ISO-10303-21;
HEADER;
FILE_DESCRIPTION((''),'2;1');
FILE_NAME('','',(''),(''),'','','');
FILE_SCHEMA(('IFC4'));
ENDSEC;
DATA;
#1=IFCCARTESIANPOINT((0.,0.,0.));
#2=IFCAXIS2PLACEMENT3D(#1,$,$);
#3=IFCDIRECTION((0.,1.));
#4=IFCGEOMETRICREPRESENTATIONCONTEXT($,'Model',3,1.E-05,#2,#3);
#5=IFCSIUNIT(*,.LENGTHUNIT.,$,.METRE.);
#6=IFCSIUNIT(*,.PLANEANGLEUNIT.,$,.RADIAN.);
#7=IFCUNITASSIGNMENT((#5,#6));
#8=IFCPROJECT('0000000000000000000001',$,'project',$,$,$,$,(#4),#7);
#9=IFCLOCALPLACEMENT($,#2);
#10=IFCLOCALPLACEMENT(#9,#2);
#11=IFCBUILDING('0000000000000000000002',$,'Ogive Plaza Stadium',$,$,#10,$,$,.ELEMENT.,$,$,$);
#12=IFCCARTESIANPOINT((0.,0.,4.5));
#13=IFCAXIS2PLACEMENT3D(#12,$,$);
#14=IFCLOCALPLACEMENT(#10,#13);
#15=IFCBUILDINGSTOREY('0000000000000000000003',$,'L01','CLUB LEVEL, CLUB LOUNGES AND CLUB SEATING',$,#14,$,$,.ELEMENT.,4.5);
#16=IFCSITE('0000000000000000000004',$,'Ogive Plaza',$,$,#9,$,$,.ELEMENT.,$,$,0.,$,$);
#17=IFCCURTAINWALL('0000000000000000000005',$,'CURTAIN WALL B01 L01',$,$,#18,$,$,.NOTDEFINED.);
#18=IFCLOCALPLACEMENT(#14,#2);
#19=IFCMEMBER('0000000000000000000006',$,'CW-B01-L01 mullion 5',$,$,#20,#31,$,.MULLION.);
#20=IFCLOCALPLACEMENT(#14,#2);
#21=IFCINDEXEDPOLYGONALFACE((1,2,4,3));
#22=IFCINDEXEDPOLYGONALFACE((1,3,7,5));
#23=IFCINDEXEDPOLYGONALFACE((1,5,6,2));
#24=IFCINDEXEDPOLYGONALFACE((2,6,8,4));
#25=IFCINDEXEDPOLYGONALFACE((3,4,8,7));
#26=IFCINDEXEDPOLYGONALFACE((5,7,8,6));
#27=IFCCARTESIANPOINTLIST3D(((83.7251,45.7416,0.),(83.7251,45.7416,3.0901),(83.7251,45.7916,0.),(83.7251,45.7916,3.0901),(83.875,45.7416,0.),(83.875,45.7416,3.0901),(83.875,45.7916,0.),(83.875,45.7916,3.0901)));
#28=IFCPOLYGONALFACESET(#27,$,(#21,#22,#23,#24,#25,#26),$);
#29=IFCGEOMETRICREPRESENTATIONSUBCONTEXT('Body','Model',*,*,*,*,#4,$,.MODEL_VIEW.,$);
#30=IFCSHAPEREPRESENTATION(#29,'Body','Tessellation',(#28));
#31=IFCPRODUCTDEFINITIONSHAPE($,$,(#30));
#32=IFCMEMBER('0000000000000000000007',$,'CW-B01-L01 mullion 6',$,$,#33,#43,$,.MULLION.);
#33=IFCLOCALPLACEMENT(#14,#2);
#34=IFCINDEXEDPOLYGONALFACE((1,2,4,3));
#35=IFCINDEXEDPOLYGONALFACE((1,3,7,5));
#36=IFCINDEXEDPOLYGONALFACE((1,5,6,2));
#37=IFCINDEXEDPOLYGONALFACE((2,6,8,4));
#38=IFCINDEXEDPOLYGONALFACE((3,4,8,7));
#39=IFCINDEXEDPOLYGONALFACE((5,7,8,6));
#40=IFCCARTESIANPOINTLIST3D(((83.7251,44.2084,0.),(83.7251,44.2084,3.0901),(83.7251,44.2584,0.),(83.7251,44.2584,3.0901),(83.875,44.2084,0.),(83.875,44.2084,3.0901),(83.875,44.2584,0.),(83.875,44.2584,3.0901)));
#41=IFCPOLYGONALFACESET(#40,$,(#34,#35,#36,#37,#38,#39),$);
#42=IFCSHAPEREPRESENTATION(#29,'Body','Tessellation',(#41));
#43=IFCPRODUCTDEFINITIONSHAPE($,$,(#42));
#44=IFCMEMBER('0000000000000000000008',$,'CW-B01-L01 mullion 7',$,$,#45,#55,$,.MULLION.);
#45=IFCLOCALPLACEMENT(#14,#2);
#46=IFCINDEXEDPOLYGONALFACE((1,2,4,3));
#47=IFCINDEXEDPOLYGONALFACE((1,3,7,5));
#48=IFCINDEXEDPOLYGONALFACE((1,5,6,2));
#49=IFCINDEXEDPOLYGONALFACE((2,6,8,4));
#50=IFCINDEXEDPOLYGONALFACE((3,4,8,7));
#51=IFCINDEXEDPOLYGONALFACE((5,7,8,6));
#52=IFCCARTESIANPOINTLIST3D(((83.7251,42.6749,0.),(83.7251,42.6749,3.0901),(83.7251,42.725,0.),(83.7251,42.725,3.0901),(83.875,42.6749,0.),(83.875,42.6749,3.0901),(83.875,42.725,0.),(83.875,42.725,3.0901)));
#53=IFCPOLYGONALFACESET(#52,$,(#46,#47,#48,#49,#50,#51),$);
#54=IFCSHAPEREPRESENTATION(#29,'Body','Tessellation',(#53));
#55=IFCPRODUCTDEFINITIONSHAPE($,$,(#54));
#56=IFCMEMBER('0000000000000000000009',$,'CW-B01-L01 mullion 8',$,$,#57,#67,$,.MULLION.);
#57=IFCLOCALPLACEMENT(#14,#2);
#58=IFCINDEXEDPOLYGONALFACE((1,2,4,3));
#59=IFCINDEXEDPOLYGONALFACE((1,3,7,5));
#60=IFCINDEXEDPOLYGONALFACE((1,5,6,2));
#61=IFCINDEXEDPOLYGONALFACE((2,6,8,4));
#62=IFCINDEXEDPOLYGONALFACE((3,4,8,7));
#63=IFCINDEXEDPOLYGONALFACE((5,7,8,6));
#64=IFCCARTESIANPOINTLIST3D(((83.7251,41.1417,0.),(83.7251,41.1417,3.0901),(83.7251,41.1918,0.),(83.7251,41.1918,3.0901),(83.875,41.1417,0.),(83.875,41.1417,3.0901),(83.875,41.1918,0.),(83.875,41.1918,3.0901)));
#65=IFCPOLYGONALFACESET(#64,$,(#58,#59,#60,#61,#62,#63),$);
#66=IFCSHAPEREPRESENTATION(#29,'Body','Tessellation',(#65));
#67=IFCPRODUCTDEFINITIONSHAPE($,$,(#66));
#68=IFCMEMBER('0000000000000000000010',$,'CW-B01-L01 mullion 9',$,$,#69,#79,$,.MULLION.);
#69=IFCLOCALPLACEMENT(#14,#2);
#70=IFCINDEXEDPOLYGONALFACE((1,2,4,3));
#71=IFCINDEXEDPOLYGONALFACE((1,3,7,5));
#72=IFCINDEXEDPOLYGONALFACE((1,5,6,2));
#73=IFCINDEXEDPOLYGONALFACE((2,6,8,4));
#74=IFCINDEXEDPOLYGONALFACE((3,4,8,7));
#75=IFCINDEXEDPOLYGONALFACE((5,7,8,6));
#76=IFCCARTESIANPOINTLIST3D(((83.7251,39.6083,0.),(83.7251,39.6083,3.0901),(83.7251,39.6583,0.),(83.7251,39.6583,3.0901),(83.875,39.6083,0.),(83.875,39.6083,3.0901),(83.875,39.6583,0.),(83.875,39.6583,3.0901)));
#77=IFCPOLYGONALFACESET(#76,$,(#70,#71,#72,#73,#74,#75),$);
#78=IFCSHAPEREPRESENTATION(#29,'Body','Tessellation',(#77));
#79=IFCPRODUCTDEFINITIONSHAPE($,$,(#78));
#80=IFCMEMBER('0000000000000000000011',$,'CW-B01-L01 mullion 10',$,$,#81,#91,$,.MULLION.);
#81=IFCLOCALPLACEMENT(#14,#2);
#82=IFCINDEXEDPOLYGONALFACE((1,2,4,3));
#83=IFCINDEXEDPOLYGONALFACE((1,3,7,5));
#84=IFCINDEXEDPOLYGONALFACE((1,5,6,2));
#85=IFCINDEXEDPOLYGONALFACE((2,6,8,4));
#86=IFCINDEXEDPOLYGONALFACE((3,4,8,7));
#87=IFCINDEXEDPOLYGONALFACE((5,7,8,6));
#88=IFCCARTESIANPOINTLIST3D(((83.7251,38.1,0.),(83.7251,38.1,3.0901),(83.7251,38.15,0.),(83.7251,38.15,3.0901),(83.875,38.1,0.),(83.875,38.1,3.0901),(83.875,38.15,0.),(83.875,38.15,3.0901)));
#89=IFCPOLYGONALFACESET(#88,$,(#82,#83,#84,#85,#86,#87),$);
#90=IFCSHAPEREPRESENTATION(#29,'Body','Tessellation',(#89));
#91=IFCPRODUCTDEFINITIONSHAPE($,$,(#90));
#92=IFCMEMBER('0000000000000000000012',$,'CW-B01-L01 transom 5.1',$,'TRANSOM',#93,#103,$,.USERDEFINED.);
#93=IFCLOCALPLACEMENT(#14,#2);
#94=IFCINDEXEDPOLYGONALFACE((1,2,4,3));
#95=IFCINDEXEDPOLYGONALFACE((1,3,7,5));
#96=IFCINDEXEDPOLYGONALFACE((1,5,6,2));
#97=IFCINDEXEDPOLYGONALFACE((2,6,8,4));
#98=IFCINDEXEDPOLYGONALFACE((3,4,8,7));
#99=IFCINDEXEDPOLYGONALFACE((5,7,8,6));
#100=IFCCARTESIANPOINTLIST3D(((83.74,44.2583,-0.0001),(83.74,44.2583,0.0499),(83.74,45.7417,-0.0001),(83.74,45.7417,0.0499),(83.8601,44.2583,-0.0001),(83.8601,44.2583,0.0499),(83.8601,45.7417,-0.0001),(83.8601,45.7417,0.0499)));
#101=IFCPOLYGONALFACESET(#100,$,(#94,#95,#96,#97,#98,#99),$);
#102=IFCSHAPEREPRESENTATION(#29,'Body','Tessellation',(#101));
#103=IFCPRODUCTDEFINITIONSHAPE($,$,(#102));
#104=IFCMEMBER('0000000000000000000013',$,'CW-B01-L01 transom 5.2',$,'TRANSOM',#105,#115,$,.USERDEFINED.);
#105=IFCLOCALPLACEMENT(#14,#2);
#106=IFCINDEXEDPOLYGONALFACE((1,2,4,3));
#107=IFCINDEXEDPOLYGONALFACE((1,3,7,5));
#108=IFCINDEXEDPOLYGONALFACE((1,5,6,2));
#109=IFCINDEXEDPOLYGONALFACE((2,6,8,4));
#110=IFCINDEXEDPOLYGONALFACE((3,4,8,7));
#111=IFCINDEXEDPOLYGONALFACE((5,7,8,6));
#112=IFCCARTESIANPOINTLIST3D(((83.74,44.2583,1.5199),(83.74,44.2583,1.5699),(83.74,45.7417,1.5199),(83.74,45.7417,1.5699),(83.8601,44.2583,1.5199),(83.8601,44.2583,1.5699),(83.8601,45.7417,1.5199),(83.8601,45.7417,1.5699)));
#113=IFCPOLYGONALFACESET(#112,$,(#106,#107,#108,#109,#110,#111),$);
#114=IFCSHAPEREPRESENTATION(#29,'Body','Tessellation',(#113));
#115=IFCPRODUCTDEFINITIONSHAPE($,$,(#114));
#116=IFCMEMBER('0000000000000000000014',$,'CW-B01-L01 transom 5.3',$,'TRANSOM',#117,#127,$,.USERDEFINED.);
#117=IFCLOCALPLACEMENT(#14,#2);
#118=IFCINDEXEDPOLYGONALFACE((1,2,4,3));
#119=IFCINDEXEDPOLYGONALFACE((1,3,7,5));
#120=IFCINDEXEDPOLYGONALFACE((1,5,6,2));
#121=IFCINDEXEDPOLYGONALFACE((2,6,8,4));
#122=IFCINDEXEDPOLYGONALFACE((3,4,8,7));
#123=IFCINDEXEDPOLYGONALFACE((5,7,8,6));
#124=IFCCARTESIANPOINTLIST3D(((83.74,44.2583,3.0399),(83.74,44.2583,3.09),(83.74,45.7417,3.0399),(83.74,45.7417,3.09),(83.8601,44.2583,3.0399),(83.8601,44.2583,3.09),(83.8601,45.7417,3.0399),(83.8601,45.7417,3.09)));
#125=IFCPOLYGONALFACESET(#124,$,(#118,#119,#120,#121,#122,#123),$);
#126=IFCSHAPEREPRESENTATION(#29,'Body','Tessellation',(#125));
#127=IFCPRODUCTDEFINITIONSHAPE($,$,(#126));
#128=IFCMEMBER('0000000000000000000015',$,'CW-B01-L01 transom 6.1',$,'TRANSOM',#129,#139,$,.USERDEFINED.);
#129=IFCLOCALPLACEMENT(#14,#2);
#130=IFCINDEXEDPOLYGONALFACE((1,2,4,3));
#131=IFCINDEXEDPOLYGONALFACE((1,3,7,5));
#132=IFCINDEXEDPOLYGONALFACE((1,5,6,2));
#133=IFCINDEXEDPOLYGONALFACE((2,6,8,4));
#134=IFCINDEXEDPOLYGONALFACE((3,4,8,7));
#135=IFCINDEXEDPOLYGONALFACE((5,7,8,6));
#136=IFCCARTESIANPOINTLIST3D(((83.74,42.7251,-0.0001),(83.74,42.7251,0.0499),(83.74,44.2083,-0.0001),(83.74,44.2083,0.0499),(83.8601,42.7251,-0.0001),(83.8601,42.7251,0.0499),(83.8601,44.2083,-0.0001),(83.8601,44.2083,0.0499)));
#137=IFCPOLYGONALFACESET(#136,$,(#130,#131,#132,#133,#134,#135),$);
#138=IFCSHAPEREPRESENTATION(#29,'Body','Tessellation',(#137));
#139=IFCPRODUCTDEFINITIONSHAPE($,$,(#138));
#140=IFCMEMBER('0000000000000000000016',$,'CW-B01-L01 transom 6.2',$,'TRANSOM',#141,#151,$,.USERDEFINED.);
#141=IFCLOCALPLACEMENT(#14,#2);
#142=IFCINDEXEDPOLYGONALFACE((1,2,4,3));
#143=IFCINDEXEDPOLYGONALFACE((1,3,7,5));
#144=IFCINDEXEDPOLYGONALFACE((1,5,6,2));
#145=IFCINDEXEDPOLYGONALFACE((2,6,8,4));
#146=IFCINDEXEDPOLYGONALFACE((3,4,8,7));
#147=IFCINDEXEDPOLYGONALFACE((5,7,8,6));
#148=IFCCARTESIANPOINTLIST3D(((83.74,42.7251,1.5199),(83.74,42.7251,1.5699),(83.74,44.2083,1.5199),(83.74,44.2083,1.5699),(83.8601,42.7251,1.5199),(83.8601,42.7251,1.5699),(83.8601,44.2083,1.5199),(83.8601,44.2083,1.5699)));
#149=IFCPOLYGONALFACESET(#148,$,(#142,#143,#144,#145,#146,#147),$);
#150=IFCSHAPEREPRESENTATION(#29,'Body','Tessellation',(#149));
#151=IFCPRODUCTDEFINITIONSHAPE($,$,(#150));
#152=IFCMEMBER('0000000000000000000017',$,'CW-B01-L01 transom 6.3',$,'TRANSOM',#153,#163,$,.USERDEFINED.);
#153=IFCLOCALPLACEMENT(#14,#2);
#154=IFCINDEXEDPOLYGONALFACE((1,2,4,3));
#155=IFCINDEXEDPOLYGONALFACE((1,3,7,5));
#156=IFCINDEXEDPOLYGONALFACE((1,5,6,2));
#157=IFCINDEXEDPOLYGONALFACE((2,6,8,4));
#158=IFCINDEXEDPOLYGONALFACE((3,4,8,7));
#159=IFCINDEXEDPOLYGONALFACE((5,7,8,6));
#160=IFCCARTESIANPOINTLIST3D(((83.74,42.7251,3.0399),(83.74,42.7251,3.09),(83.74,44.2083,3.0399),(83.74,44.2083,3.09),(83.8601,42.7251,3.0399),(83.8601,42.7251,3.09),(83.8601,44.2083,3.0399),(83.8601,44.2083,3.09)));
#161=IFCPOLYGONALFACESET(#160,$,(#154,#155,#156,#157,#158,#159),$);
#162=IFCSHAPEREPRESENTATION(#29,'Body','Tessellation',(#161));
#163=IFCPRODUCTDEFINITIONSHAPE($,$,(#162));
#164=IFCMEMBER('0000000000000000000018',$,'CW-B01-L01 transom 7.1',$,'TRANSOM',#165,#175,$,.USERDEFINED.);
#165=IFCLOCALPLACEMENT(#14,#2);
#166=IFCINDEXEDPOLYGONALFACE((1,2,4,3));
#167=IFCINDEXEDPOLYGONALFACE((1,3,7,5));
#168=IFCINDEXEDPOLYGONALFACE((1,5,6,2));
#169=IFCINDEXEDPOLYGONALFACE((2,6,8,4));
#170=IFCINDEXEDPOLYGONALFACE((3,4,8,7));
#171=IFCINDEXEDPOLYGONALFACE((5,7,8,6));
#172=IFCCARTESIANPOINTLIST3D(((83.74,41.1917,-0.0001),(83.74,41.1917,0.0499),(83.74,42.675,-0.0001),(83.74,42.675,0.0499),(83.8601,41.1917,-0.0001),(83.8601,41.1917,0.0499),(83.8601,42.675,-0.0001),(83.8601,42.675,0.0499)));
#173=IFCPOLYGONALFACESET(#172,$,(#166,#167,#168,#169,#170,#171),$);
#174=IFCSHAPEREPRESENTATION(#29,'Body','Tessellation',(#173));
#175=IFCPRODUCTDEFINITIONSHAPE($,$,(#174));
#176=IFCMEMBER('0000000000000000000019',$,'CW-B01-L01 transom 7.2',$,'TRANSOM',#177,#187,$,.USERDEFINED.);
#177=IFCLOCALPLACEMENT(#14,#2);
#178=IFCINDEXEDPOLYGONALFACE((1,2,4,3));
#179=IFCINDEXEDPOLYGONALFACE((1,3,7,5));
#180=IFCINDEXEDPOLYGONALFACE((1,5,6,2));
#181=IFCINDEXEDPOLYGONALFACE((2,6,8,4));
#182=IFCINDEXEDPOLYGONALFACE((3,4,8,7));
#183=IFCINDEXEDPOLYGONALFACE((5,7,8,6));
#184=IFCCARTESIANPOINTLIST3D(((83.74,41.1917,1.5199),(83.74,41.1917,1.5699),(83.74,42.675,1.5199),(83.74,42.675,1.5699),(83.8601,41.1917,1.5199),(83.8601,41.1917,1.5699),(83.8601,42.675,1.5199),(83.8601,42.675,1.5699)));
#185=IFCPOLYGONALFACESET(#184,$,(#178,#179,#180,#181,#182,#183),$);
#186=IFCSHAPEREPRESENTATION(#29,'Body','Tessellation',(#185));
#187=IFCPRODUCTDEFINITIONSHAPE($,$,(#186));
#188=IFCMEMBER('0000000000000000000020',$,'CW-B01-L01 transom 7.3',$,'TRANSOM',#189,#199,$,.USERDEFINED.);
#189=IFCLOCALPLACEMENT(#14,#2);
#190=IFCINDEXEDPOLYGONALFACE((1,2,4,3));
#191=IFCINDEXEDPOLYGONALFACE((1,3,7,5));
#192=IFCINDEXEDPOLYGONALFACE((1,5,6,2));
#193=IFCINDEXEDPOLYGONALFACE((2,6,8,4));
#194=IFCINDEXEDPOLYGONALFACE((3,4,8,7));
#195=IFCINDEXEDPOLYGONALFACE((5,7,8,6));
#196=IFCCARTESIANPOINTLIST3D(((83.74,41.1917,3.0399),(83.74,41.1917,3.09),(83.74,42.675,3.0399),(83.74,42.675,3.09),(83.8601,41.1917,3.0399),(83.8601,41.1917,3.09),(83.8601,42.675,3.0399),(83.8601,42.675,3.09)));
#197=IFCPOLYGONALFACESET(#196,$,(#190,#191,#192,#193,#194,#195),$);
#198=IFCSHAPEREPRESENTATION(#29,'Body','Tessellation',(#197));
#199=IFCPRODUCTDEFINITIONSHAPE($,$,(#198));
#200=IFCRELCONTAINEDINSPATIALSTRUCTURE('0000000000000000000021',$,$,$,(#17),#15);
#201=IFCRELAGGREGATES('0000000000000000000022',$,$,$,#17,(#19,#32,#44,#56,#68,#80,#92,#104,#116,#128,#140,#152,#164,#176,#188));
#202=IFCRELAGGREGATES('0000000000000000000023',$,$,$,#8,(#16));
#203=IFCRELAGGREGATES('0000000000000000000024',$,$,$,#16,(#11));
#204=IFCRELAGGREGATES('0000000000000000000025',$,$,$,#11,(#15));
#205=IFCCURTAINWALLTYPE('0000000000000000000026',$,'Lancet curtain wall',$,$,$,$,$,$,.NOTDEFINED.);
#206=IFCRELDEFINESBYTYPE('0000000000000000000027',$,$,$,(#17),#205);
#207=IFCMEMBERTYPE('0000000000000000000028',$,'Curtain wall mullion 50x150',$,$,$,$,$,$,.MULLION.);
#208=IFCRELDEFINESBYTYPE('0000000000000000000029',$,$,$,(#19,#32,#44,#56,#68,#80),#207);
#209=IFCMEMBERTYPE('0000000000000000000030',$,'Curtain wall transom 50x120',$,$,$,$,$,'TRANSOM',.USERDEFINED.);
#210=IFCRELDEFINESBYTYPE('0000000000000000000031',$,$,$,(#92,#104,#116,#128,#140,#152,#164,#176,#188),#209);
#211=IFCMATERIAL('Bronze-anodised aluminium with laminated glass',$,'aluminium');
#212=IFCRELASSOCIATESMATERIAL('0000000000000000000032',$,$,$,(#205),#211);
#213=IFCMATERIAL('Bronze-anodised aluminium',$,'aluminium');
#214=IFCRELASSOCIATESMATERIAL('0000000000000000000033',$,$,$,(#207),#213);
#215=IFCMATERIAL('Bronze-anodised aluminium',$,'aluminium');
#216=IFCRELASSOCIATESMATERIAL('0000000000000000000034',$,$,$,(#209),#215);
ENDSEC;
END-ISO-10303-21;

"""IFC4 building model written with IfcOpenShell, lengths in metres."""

from ifc_helpers import new_model, si_unit, direction, frame, origin, origin_2d, place, context, subcontext, project, spatial, rectangle, extrude, material, material_profile, profile_set, type_object, element, aggregate, save


model = new_model("IFC4")

# Units and contexts
model_context = context("Model", 3, precision=1e-05, world=origin(), true_north=direction((0.0, 1.0)))
body_context = subcontext(model_context, "Body", "Model", "MODEL_VIEW")
ifc_project = project(units=[si_unit("LENGTHUNIT", "METRE"), si_unit("PLANEANGLEUNIT", "RADIAN")], contexts=[model_context])

# Site, building, storey
site_placement = place(None, origin())
site = spatial("IfcSite", under=ifc_project, at=site_placement, Name="Ogive Plaza", CompositionType="ELEMENT", RefElevation=0.0)
building_placement = place(site_placement, origin())
building = spatial("IfcBuilding", under=site, at=building_placement, Name="Ogive Plaza Stadium", CompositionType="ELEMENT")
storey_placement = place(building_placement, frame((0.0, 0.0, 4.5)))
storey = spatial("IfcBuildingStorey", under=building, at=storey_placement, Name="L01", Description="CLUB LEVEL, CLUB LOUNGES AND CLUB SEATING", CompositionType="ELEMENT", Elevation=4.5)

# Curtain wall, members
ifc_material_1 = material(Name="Bronze-anodised aluminium with laminated glass", Category="aluminium")
curtain_wall_type = type_object("IfcCurtainWallType", Name="Lancet curtain wall", PredefinedType="NOTDEFINED", material=ifc_material_1)
curtain_wall_placement = place(storey_placement, origin())
curtain_wall = element("IfcCurtainWall", 1, at=curtain_wall_placement, inside=storey, type_object=curtain_wall_type, Name="CURTAIN WALL B01 L01", PredefinedType="NOTDEFINED")
ifc_material_2 = material(Name="Bronze-anodised aluminium", Category="aluminium")
ifc_material_profile_1 = material_profile(ifc_material_2, rectangle(XDim=0.1499, YDim=0.05, at=origin_2d()), Name="AL 150x50")
ifc_profile_set_1 = profile_set([ifc_material_profile_1], Name="Bronze-anodised aluminium")
member_type_1 = type_object("IfcMemberType", Name="Curtain wall mullion 50x150", PredefinedType="MULLION", material=ifc_profile_set_1)
member_1_placement = place(storey_placement, frame((83.8, 45.7666, 0.0), z_axis=(0.0, 0.0, 1.0), x_axis=(1.0, 0.0, 0.0)))
member_1 = element("IfcMember", 2, at=member_1_placement, type_object=member_type_1, Name="CW-B01-L01 mullion 5", PredefinedType="MULLION", context=body_context, shape_type="SweptSolid", body=[
    extrude(rectangle(XDim=0.1499, YDim=0.05, at=origin_2d()), origin(), (0.0, 0.0, 1.0), 3.0901),
])
member_2_placement = place(storey_placement, frame((83.8, 44.2334, 0.0), z_axis=(0.0, 0.0, 1.0), x_axis=(1.0, 0.0, 0.0)))
member_2 = element("IfcMember", 3, at=member_2_placement, type_object=member_type_1, Name="CW-B01-L01 mullion 6", PredefinedType="MULLION", context=body_context, shape_type="SweptSolid", body=[
    extrude(rectangle(XDim=0.1499, YDim=0.05, at=origin_2d()), origin(), (0.0, 0.0, 1.0), 3.0901),
])
member_3_placement = place(storey_placement, frame((83.8, 42.7, 0.0), z_axis=(0.0, 0.0, 1.0), x_axis=(1.0, 0.0, 0.0)))
member_3 = element("IfcMember", 4, at=member_3_placement, type_object=member_type_1, Name="CW-B01-L01 mullion 7", PredefinedType="MULLION", context=body_context, shape_type="SweptSolid", body=[
    extrude(rectangle(XDim=0.1499, YDim=0.05, at=origin_2d()), origin(), (0.0, 0.0, 1.0), 3.0901),
])
member_4_placement = place(storey_placement, frame((83.8, 41.1667, 0.0), z_axis=(0.0, 0.0, 1.0), x_axis=(1.0, 0.0, 0.0)))
member_4 = element("IfcMember", 5, at=member_4_placement, type_object=member_type_1, Name="CW-B01-L01 mullion 8", PredefinedType="MULLION", context=body_context, shape_type="SweptSolid", body=[
    extrude(rectangle(XDim=0.1499, YDim=0.05, at=origin_2d()), origin(), (0.0, 0.0, 1.0), 3.0901),
])
member_5_placement = place(storey_placement, frame((83.8, 39.6333, 0.0), z_axis=(0.0, 0.0, 1.0), x_axis=(1.0, 0.0, 0.0)))
member_5 = element("IfcMember", 6, at=member_5_placement, type_object=member_type_1, Name="CW-B01-L01 mullion 9", PredefinedType="MULLION", context=body_context, shape_type="SweptSolid", body=[
    extrude(rectangle(XDim=0.1499, YDim=0.05, at=origin_2d()), origin(), (0.0, 0.0, 1.0), 3.0901),
])
member_6_placement = place(storey_placement, frame((83.8, 38.125, 0.0), z_axis=(0.0, 0.0, 1.0), x_axis=(1.0, 0.0, 0.0)))
member_6 = element("IfcMember", 7, at=member_6_placement, type_object=member_type_1, Name="CW-B01-L01 mullion 10", PredefinedType="MULLION", context=body_context, shape_type="SweptSolid", body=[
    extrude(rectangle(XDim=0.1499, YDim=0.05, at=origin_2d()), origin(), (0.0, 0.0, 1.0), 3.0901),
])
ifc_material_3 = material(Name="Bronze-anodised aluminium", Category="aluminium")
ifc_material_profile_2 = material_profile(ifc_material_3, rectangle(XDim=0.1201, YDim=0.05, at=origin_2d()), Name="AL 120x50")
ifc_profile_set_2 = profile_set([ifc_material_profile_2], Name="Bronze-anodised aluminium")
member_type_2 = type_object("IfcMemberType", Name="Curtain wall transom 50x120", ElementType="TRANSOM", PredefinedType="USERDEFINED", material=ifc_profile_set_2)
member_7_placement = place(storey_placement, frame((83.8, 45.7417, 0.0249), z_axis=(0.0, -1.0, 0.0), x_axis=(1.0, 0.0, 0.0)))
member_7 = element("IfcMember", 8, at=member_7_placement, type_object=member_type_2, Name="CW-B01-L01 transom 5.1", ObjectType="TRANSOM", PredefinedType="USERDEFINED", context=body_context, shape_type="SweptSolid", body=[
    extrude(rectangle(XDim=0.1201, YDim=0.05, at=origin_2d()), origin(), (0.0, 0.0, 1.0), 1.4834),
])
member_8_placement = place(storey_placement, frame((83.8, 45.7417, 1.5449), z_axis=(0.0, -1.0, 0.0), x_axis=(1.0, 0.0, 0.0)))
member_8 = element("IfcMember", 9, at=member_8_placement, type_object=member_type_2, Name="CW-B01-L01 transom 5.2", ObjectType="TRANSOM", PredefinedType="USERDEFINED", context=body_context, shape_type="SweptSolid", body=[
    extrude(rectangle(XDim=0.1201, YDim=0.05, at=origin_2d()), origin(), (0.0, 0.0, 1.0), 1.4834),
])
member_9_placement = place(storey_placement, frame((83.8, 45.7417, 3.0649), z_axis=(0.0, -1.0, 0.0), x_axis=(1.0, 0.0, 0.0)))
member_9 = element("IfcMember", 10, at=member_9_placement, type_object=member_type_2, Name="CW-B01-L01 transom 5.3", ObjectType="TRANSOM", PredefinedType="USERDEFINED", context=body_context, shape_type="SweptSolid", body=[
    extrude(rectangle(XDim=0.1201, YDim=0.05, at=origin_2d()), origin(), (0.0, 0.0, 1.0), 1.4834),
])
member_10_placement = place(storey_placement, frame((83.8, 44.2083, 0.0249), z_axis=(0.0, -1.0, 0.0), x_axis=(1.0, 0.0, 0.0)))
member_10 = element("IfcMember", 11, at=member_10_placement, type_object=member_type_2, Name="CW-B01-L01 transom 6.1", ObjectType="TRANSOM", PredefinedType="USERDEFINED", context=body_context, shape_type="SweptSolid", body=[
    extrude(rectangle(XDim=0.1201, YDim=0.05, at=origin_2d()), origin(), (0.0, 0.0, 1.0), 1.4832),
])
member_11_placement = place(storey_placement, frame((83.8, 44.2083, 1.5449), z_axis=(0.0, -1.0, 0.0), x_axis=(1.0, 0.0, 0.0)))
member_11 = element("IfcMember", 12, at=member_11_placement, type_object=member_type_2, Name="CW-B01-L01 transom 6.2", ObjectType="TRANSOM", PredefinedType="USERDEFINED", context=body_context, shape_type="SweptSolid", body=[
    extrude(rectangle(XDim=0.1201, YDim=0.05, at=origin_2d()), origin(), (0.0, 0.0, 1.0), 1.4832),
])
member_12_placement = place(storey_placement, frame((83.8, 44.2083, 3.0649), z_axis=(0.0, -1.0, 0.0), x_axis=(1.0, 0.0, 0.0)))
member_12 = element("IfcMember", 13, at=member_12_placement, type_object=member_type_2, Name="CW-B01-L01 transom 6.3", ObjectType="TRANSOM", PredefinedType="USERDEFINED", context=body_context, shape_type="SweptSolid", body=[
    extrude(rectangle(XDim=0.1201, YDim=0.05, at=origin_2d()), origin(), (0.0, 0.0, 1.0), 1.4832),
])
member_13_placement = place(storey_placement, frame((83.8, 42.675, 0.0249), z_axis=(0.0, -1.0, 0.0), x_axis=(1.0, 0.0, 0.0)))
member_13 = element("IfcMember", 14, at=member_13_placement, type_object=member_type_2, Name="CW-B01-L01 transom 7.1", ObjectType="TRANSOM", PredefinedType="USERDEFINED", context=body_context, shape_type="SweptSolid", body=[
    extrude(rectangle(XDim=0.1201, YDim=0.05, at=origin_2d()), origin(), (0.0, 0.0, 1.0), 1.4834),
])
member_14_placement = place(storey_placement, frame((83.8, 42.675, 1.5449), z_axis=(0.0, -1.0, 0.0), x_axis=(1.0, 0.0, 0.0)))
member_14 = element("IfcMember", 15, at=member_14_placement, type_object=member_type_2, Name="CW-B01-L01 transom 7.2", ObjectType="TRANSOM", PredefinedType="USERDEFINED", context=body_context, shape_type="SweptSolid", body=[
    extrude(rectangle(XDim=0.1201, YDim=0.05, at=origin_2d()), origin(), (0.0, 0.0, 1.0), 1.4834),
])
member_15_placement = place(storey_placement, frame((83.8, 42.675, 3.0649), z_axis=(0.0, -1.0, 0.0), x_axis=(1.0, 0.0, 0.0)))
member_15 = element("IfcMember", 16, at=member_15_placement, type_object=member_type_2, Name="CW-B01-L01 transom 7.3", ObjectType="TRANSOM", PredefinedType="USERDEFINED", context=body_context, shape_type="SweptSolid", body=[
    extrude(rectangle(XDim=0.1201, YDim=0.05, at=origin_2d()), origin(), (0.0, 0.0, 1.0), 1.4834),
])
aggregate(curtain_wall, [member_1, member_2, member_3, member_4, member_5, member_6, member_7, member_8, member_9, member_10, member_11, member_12, member_13, member_14, member_15])

save(model, "model.ifc")
